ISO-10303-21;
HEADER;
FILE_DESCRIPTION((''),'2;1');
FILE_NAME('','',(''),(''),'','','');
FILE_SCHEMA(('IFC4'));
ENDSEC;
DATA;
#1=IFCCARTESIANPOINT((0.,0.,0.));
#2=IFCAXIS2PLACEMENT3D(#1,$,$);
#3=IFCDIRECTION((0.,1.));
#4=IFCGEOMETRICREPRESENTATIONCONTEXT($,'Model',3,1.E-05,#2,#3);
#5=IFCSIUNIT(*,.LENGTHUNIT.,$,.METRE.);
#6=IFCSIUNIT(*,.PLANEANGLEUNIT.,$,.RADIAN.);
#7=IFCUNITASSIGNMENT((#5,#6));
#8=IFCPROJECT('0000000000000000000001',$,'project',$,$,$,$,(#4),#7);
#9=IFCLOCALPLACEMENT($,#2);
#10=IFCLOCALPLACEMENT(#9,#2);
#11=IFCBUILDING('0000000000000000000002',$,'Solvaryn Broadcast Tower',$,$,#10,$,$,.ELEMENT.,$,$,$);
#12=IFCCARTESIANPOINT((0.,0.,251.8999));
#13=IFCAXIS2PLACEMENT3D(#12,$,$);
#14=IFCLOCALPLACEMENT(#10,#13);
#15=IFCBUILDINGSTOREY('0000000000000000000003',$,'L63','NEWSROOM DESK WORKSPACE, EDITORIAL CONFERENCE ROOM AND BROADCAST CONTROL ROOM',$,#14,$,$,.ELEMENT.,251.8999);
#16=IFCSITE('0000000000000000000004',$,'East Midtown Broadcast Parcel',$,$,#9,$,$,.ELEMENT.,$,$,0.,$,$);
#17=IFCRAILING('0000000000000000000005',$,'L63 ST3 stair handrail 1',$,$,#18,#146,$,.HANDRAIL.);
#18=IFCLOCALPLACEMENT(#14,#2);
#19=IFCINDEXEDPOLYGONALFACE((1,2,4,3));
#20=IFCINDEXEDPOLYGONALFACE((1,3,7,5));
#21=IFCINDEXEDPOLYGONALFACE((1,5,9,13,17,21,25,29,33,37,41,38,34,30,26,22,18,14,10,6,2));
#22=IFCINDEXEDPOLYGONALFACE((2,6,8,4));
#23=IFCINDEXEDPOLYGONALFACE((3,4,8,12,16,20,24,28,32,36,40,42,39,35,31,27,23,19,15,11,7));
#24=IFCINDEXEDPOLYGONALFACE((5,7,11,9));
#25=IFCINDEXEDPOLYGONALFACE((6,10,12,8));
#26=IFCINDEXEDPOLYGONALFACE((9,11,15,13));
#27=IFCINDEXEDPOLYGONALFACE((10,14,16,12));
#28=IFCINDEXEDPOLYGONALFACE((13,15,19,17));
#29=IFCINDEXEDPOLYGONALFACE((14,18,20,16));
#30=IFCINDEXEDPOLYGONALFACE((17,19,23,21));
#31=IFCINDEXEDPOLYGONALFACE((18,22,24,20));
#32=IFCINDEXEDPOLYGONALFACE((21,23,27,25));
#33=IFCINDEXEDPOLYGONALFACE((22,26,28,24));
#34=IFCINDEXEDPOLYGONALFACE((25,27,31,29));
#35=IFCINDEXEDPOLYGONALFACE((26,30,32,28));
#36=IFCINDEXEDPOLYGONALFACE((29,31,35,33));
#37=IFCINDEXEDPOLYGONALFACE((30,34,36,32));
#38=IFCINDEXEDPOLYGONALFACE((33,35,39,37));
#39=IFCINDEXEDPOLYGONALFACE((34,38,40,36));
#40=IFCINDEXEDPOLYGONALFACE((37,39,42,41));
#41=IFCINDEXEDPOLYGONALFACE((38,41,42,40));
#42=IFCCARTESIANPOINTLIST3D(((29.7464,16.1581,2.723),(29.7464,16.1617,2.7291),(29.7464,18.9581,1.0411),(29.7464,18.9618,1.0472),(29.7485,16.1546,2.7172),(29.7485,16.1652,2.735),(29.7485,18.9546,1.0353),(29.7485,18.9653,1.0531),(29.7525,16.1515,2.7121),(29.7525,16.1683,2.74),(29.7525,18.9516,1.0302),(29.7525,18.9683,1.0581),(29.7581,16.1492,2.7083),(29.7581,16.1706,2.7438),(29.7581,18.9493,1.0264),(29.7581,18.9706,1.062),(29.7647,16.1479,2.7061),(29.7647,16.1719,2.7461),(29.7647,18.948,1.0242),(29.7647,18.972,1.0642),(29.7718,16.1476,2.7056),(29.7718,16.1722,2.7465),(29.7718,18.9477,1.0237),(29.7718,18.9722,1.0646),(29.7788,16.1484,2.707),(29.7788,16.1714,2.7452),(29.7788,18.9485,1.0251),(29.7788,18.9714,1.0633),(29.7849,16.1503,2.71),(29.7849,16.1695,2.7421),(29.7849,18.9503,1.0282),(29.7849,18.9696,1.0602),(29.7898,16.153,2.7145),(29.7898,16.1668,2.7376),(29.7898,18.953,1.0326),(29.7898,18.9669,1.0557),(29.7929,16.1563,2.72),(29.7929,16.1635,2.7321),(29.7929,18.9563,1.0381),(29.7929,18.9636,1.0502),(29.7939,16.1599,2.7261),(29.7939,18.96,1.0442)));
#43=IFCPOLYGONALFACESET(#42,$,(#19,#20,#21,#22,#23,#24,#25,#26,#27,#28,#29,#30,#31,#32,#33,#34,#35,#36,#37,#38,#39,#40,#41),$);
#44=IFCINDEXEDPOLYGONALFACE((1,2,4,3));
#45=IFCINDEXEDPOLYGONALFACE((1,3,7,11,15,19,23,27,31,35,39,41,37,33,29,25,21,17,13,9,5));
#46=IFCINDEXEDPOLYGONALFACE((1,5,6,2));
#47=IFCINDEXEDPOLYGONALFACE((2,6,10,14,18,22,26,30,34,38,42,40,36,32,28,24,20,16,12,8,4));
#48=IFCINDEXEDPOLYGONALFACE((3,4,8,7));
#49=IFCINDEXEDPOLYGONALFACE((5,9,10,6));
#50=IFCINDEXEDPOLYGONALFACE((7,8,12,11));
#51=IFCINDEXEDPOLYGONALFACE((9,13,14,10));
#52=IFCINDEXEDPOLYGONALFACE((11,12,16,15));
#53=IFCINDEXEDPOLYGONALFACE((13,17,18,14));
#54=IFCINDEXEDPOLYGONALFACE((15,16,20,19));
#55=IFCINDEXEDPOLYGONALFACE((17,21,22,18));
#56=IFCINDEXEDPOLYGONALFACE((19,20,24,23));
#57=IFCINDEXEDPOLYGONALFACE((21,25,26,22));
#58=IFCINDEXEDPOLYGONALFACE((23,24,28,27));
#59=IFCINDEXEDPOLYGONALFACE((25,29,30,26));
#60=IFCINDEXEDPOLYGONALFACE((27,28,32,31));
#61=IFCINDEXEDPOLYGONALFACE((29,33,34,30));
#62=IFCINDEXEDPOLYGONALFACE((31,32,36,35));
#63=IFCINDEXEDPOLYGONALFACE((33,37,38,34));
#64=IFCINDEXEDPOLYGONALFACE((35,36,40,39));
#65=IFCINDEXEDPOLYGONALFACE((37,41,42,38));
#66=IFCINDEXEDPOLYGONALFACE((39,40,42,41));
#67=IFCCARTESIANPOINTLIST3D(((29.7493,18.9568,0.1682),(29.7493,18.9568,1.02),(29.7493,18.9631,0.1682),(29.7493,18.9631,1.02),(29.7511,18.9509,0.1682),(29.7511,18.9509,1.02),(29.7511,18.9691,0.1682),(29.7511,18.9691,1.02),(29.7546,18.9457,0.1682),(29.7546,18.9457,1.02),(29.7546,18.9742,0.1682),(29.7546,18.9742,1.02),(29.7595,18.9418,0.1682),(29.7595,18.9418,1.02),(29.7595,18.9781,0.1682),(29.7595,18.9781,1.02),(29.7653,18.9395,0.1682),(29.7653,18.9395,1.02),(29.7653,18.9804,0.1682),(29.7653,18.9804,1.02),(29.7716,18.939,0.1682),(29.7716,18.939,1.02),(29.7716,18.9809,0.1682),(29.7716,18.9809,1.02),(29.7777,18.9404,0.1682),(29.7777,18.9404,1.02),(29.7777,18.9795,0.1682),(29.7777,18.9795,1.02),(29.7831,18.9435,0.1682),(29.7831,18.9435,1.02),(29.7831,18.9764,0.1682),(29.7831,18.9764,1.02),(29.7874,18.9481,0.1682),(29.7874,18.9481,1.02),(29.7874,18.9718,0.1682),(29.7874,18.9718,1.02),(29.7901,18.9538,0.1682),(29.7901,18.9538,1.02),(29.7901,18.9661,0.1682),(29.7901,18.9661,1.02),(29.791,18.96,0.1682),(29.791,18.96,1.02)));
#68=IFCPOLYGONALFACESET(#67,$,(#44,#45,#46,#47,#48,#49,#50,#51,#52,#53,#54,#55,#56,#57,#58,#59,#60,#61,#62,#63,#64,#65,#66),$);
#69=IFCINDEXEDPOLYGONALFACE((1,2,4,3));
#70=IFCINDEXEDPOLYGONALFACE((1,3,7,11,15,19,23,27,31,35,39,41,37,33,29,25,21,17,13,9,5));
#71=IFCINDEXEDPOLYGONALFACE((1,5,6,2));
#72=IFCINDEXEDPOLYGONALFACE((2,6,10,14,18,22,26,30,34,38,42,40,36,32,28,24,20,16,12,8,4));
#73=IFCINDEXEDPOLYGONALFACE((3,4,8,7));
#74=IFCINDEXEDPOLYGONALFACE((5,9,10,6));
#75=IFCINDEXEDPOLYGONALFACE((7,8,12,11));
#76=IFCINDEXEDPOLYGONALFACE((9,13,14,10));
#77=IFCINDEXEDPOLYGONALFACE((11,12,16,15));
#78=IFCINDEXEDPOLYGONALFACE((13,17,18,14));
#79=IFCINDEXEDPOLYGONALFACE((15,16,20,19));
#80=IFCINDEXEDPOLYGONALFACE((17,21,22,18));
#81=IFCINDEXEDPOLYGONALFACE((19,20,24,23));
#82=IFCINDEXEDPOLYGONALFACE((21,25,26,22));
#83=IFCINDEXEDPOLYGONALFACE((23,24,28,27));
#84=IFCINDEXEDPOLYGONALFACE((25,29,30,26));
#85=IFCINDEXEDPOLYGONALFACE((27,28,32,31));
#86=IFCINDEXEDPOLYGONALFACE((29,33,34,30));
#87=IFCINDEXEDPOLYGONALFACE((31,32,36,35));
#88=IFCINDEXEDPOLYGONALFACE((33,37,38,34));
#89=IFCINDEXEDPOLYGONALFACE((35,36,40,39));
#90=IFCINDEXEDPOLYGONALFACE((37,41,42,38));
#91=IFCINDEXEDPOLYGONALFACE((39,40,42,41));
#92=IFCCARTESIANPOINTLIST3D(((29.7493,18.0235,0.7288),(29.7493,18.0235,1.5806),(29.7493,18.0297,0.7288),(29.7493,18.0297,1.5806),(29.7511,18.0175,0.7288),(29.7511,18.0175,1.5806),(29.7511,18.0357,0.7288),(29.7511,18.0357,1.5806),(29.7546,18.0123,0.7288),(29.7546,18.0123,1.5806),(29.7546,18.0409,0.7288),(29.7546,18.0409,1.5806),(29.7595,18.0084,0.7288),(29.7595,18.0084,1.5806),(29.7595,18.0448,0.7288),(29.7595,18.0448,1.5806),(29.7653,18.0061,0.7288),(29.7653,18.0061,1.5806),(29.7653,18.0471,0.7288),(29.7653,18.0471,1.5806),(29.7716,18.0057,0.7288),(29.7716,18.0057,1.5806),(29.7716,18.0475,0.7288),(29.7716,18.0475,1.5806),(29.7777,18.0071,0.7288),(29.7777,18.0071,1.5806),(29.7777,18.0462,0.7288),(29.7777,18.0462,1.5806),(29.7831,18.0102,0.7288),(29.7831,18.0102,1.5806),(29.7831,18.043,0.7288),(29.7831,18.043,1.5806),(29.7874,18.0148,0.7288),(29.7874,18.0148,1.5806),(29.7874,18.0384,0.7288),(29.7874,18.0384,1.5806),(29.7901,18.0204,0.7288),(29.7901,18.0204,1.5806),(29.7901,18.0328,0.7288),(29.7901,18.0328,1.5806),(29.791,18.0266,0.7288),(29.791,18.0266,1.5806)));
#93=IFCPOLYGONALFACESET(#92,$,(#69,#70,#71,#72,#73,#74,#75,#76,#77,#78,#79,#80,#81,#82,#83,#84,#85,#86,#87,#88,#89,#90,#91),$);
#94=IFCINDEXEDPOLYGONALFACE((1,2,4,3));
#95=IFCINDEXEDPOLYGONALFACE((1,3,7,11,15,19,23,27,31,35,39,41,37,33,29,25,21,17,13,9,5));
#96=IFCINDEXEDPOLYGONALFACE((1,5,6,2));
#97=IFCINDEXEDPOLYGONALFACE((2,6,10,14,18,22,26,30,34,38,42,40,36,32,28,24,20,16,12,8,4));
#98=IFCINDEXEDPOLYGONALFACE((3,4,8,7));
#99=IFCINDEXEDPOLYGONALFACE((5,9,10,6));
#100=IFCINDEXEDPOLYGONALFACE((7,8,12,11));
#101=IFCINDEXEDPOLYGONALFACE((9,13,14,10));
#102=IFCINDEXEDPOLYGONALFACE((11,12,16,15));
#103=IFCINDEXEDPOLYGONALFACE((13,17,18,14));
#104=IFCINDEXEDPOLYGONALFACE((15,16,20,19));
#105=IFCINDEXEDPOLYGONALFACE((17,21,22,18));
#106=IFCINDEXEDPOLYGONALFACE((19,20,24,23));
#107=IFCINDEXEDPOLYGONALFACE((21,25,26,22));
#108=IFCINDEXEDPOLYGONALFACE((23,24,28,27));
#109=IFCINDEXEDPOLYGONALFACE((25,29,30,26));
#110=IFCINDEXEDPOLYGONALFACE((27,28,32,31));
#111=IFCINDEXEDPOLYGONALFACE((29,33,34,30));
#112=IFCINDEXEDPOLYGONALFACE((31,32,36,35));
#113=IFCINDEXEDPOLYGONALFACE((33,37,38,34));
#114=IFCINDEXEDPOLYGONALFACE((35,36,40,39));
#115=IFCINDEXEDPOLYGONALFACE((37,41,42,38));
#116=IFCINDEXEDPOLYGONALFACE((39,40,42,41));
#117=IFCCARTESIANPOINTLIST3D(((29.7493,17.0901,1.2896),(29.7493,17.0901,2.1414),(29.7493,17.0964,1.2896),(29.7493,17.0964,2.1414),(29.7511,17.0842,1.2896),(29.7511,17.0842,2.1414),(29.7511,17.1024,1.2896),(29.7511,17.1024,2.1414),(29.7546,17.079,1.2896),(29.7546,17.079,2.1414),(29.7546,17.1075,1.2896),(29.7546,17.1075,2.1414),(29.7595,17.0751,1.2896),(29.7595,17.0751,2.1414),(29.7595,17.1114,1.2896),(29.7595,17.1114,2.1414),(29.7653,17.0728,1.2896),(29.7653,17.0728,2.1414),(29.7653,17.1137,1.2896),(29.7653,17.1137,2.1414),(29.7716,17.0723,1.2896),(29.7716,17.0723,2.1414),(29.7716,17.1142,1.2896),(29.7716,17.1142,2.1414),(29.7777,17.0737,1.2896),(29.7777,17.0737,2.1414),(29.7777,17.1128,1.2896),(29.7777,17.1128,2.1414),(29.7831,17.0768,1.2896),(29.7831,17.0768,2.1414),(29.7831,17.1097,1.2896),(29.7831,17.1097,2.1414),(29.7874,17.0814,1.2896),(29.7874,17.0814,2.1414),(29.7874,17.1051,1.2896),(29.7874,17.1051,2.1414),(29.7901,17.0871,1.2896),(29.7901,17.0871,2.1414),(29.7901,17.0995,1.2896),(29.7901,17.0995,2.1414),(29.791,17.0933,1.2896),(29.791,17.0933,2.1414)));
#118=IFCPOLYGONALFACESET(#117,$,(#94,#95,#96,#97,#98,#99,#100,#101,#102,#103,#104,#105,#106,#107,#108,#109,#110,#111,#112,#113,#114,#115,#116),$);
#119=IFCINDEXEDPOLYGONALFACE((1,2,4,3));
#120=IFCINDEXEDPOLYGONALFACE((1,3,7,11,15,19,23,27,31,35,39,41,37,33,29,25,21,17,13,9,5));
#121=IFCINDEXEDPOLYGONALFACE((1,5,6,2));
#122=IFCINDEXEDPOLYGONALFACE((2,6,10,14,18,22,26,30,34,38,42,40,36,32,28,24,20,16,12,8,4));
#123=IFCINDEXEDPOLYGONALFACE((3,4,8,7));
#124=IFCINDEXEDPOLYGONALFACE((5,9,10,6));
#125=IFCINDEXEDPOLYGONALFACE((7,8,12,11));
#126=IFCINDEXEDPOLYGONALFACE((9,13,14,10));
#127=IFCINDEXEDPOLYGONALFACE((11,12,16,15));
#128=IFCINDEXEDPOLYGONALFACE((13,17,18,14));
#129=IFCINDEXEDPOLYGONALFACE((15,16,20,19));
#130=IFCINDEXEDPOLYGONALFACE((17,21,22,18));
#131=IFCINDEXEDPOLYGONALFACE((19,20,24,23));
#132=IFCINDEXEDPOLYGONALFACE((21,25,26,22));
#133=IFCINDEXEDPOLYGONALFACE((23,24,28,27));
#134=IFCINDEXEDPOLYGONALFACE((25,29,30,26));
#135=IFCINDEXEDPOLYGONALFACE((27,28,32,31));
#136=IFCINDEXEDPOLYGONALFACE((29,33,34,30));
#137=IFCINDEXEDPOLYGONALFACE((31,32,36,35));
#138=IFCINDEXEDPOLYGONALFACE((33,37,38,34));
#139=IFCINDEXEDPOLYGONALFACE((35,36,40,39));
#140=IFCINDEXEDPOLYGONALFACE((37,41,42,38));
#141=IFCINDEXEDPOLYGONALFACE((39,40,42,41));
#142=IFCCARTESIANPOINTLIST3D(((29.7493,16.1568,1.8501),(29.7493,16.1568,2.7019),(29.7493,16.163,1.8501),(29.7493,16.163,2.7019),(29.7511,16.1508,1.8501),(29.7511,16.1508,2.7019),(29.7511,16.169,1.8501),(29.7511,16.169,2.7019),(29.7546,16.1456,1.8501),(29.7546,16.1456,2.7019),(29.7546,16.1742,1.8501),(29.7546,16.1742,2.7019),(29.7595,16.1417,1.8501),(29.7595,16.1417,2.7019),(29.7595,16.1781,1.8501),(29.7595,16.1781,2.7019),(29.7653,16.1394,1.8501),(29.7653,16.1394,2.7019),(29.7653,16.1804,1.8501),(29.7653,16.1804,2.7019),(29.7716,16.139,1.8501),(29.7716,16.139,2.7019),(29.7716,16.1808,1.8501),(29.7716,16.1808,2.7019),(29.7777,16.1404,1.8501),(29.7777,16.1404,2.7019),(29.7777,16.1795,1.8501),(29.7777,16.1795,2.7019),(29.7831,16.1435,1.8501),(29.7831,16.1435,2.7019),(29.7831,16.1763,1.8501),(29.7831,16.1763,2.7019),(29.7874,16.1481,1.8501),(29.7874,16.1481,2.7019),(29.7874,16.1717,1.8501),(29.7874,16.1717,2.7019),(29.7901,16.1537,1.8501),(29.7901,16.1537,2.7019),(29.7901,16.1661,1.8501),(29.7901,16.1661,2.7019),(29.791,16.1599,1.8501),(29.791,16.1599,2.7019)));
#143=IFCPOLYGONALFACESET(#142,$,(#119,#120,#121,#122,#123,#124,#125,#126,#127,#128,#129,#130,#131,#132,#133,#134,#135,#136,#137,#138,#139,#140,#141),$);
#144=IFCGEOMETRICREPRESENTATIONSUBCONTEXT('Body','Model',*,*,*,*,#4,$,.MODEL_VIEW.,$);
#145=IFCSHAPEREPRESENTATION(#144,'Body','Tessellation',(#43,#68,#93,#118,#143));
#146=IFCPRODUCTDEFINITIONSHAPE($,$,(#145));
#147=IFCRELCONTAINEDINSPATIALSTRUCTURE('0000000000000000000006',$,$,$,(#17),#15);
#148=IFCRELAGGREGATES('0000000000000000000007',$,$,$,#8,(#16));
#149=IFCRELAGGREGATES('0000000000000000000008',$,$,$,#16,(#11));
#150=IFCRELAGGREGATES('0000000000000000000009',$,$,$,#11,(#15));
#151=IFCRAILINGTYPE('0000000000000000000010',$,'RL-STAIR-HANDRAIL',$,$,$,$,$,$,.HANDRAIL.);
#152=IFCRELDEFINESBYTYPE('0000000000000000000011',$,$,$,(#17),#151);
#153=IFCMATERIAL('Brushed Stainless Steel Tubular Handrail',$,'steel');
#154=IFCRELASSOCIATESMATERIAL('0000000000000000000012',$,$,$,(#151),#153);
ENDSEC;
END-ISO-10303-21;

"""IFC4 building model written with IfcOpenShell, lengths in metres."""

from ifc_helpers import new_model, si_unit, direction, frame, origin, origin_2d, place, context, subcontext, project, spatial, circle, extrude, material, type_object, element, save


model = new_model("IFC4")

# Units and contexts
model_context = context("Model", 3, precision=1e-05, world=origin(), true_north=direction((0.0, 1.0)))
body_context = subcontext(model_context, "Body", "Model", "MODEL_VIEW")
ifc_project = project(units=[si_unit("LENGTHUNIT", "METRE"), si_unit("PLANEANGLEUNIT", "RADIAN")], contexts=[model_context])

# Site, building, storey
site_placement = place(None, origin())
site = spatial("IfcSite", under=ifc_project, at=site_placement, Name="East Midtown Broadcast Parcel", CompositionType="ELEMENT", RefElevation=0.0)
building_placement = place(site_placement, origin())
building = spatial("IfcBuilding", under=site, at=building_placement, Name="Solvaryn Broadcast Tower", CompositionType="ELEMENT")
storey_placement = place(building_placement, frame((0.0, 0.0, 251.8999)))
storey = spatial("IfcBuildingStorey", under=building, at=storey_placement, Name="L63", Description="NEWSROOM DESK WORKSPACE, EDITORIAL CONFERENCE ROOM AND BROADCAST CONTROL ROOM", CompositionType="ELEMENT", Elevation=251.8999)

# Railing
ifc_material_1 = material(Name="Brushed Stainless Steel Tubular Handrail", Category="steel")
railing_type_1 = type_object("IfcRailingType", Name="RL-STAIR-HANDRAIL", PredefinedType="HANDRAIL", material=ifc_material_1)
railing_1_placement = place(storey_placement, frame((29.77, 18.96, 0.1682)))
element("IfcRailing", 1, at=railing_1_placement, inside=storey, type_object=railing_type_1, Name="L63 ST3 stair handrail 1", PredefinedType="HANDRAIL", context=body_context, shape_type="SweptSolid", body=[
    extrude(circle(Radius=0.0239, at=origin_2d()), frame((0.0, 0.0, 0.876), z_axis=(0.0, -0.857242, 0.514913), x_axis=(1.0, 0.0, 0.0)), (0.0, 0.0, 1.0), 3.2664),
    extrude(circle(Radius=0.021, at=origin_2d()), origin(), (0.0, 0.0, 1.0), 0.8518),
    extrude(circle(Radius=0.021, at=origin_2d()), frame((0.0, -0.9333, 0.5605)), (0.0, 0.0, 1.0), 0.8518),
    extrude(circle(Radius=0.021, at=origin_2d()), frame((0.0, -1.8667, 1.1213)), (0.0, 0.0, 1.0), 0.8518),
    extrude(circle(Radius=0.021, at=origin_2d()), frame((0.0, -2.8, 1.6819)), (0.0, 0.0, 1.0), 0.8518),
])

save(model, "model.ifc")
